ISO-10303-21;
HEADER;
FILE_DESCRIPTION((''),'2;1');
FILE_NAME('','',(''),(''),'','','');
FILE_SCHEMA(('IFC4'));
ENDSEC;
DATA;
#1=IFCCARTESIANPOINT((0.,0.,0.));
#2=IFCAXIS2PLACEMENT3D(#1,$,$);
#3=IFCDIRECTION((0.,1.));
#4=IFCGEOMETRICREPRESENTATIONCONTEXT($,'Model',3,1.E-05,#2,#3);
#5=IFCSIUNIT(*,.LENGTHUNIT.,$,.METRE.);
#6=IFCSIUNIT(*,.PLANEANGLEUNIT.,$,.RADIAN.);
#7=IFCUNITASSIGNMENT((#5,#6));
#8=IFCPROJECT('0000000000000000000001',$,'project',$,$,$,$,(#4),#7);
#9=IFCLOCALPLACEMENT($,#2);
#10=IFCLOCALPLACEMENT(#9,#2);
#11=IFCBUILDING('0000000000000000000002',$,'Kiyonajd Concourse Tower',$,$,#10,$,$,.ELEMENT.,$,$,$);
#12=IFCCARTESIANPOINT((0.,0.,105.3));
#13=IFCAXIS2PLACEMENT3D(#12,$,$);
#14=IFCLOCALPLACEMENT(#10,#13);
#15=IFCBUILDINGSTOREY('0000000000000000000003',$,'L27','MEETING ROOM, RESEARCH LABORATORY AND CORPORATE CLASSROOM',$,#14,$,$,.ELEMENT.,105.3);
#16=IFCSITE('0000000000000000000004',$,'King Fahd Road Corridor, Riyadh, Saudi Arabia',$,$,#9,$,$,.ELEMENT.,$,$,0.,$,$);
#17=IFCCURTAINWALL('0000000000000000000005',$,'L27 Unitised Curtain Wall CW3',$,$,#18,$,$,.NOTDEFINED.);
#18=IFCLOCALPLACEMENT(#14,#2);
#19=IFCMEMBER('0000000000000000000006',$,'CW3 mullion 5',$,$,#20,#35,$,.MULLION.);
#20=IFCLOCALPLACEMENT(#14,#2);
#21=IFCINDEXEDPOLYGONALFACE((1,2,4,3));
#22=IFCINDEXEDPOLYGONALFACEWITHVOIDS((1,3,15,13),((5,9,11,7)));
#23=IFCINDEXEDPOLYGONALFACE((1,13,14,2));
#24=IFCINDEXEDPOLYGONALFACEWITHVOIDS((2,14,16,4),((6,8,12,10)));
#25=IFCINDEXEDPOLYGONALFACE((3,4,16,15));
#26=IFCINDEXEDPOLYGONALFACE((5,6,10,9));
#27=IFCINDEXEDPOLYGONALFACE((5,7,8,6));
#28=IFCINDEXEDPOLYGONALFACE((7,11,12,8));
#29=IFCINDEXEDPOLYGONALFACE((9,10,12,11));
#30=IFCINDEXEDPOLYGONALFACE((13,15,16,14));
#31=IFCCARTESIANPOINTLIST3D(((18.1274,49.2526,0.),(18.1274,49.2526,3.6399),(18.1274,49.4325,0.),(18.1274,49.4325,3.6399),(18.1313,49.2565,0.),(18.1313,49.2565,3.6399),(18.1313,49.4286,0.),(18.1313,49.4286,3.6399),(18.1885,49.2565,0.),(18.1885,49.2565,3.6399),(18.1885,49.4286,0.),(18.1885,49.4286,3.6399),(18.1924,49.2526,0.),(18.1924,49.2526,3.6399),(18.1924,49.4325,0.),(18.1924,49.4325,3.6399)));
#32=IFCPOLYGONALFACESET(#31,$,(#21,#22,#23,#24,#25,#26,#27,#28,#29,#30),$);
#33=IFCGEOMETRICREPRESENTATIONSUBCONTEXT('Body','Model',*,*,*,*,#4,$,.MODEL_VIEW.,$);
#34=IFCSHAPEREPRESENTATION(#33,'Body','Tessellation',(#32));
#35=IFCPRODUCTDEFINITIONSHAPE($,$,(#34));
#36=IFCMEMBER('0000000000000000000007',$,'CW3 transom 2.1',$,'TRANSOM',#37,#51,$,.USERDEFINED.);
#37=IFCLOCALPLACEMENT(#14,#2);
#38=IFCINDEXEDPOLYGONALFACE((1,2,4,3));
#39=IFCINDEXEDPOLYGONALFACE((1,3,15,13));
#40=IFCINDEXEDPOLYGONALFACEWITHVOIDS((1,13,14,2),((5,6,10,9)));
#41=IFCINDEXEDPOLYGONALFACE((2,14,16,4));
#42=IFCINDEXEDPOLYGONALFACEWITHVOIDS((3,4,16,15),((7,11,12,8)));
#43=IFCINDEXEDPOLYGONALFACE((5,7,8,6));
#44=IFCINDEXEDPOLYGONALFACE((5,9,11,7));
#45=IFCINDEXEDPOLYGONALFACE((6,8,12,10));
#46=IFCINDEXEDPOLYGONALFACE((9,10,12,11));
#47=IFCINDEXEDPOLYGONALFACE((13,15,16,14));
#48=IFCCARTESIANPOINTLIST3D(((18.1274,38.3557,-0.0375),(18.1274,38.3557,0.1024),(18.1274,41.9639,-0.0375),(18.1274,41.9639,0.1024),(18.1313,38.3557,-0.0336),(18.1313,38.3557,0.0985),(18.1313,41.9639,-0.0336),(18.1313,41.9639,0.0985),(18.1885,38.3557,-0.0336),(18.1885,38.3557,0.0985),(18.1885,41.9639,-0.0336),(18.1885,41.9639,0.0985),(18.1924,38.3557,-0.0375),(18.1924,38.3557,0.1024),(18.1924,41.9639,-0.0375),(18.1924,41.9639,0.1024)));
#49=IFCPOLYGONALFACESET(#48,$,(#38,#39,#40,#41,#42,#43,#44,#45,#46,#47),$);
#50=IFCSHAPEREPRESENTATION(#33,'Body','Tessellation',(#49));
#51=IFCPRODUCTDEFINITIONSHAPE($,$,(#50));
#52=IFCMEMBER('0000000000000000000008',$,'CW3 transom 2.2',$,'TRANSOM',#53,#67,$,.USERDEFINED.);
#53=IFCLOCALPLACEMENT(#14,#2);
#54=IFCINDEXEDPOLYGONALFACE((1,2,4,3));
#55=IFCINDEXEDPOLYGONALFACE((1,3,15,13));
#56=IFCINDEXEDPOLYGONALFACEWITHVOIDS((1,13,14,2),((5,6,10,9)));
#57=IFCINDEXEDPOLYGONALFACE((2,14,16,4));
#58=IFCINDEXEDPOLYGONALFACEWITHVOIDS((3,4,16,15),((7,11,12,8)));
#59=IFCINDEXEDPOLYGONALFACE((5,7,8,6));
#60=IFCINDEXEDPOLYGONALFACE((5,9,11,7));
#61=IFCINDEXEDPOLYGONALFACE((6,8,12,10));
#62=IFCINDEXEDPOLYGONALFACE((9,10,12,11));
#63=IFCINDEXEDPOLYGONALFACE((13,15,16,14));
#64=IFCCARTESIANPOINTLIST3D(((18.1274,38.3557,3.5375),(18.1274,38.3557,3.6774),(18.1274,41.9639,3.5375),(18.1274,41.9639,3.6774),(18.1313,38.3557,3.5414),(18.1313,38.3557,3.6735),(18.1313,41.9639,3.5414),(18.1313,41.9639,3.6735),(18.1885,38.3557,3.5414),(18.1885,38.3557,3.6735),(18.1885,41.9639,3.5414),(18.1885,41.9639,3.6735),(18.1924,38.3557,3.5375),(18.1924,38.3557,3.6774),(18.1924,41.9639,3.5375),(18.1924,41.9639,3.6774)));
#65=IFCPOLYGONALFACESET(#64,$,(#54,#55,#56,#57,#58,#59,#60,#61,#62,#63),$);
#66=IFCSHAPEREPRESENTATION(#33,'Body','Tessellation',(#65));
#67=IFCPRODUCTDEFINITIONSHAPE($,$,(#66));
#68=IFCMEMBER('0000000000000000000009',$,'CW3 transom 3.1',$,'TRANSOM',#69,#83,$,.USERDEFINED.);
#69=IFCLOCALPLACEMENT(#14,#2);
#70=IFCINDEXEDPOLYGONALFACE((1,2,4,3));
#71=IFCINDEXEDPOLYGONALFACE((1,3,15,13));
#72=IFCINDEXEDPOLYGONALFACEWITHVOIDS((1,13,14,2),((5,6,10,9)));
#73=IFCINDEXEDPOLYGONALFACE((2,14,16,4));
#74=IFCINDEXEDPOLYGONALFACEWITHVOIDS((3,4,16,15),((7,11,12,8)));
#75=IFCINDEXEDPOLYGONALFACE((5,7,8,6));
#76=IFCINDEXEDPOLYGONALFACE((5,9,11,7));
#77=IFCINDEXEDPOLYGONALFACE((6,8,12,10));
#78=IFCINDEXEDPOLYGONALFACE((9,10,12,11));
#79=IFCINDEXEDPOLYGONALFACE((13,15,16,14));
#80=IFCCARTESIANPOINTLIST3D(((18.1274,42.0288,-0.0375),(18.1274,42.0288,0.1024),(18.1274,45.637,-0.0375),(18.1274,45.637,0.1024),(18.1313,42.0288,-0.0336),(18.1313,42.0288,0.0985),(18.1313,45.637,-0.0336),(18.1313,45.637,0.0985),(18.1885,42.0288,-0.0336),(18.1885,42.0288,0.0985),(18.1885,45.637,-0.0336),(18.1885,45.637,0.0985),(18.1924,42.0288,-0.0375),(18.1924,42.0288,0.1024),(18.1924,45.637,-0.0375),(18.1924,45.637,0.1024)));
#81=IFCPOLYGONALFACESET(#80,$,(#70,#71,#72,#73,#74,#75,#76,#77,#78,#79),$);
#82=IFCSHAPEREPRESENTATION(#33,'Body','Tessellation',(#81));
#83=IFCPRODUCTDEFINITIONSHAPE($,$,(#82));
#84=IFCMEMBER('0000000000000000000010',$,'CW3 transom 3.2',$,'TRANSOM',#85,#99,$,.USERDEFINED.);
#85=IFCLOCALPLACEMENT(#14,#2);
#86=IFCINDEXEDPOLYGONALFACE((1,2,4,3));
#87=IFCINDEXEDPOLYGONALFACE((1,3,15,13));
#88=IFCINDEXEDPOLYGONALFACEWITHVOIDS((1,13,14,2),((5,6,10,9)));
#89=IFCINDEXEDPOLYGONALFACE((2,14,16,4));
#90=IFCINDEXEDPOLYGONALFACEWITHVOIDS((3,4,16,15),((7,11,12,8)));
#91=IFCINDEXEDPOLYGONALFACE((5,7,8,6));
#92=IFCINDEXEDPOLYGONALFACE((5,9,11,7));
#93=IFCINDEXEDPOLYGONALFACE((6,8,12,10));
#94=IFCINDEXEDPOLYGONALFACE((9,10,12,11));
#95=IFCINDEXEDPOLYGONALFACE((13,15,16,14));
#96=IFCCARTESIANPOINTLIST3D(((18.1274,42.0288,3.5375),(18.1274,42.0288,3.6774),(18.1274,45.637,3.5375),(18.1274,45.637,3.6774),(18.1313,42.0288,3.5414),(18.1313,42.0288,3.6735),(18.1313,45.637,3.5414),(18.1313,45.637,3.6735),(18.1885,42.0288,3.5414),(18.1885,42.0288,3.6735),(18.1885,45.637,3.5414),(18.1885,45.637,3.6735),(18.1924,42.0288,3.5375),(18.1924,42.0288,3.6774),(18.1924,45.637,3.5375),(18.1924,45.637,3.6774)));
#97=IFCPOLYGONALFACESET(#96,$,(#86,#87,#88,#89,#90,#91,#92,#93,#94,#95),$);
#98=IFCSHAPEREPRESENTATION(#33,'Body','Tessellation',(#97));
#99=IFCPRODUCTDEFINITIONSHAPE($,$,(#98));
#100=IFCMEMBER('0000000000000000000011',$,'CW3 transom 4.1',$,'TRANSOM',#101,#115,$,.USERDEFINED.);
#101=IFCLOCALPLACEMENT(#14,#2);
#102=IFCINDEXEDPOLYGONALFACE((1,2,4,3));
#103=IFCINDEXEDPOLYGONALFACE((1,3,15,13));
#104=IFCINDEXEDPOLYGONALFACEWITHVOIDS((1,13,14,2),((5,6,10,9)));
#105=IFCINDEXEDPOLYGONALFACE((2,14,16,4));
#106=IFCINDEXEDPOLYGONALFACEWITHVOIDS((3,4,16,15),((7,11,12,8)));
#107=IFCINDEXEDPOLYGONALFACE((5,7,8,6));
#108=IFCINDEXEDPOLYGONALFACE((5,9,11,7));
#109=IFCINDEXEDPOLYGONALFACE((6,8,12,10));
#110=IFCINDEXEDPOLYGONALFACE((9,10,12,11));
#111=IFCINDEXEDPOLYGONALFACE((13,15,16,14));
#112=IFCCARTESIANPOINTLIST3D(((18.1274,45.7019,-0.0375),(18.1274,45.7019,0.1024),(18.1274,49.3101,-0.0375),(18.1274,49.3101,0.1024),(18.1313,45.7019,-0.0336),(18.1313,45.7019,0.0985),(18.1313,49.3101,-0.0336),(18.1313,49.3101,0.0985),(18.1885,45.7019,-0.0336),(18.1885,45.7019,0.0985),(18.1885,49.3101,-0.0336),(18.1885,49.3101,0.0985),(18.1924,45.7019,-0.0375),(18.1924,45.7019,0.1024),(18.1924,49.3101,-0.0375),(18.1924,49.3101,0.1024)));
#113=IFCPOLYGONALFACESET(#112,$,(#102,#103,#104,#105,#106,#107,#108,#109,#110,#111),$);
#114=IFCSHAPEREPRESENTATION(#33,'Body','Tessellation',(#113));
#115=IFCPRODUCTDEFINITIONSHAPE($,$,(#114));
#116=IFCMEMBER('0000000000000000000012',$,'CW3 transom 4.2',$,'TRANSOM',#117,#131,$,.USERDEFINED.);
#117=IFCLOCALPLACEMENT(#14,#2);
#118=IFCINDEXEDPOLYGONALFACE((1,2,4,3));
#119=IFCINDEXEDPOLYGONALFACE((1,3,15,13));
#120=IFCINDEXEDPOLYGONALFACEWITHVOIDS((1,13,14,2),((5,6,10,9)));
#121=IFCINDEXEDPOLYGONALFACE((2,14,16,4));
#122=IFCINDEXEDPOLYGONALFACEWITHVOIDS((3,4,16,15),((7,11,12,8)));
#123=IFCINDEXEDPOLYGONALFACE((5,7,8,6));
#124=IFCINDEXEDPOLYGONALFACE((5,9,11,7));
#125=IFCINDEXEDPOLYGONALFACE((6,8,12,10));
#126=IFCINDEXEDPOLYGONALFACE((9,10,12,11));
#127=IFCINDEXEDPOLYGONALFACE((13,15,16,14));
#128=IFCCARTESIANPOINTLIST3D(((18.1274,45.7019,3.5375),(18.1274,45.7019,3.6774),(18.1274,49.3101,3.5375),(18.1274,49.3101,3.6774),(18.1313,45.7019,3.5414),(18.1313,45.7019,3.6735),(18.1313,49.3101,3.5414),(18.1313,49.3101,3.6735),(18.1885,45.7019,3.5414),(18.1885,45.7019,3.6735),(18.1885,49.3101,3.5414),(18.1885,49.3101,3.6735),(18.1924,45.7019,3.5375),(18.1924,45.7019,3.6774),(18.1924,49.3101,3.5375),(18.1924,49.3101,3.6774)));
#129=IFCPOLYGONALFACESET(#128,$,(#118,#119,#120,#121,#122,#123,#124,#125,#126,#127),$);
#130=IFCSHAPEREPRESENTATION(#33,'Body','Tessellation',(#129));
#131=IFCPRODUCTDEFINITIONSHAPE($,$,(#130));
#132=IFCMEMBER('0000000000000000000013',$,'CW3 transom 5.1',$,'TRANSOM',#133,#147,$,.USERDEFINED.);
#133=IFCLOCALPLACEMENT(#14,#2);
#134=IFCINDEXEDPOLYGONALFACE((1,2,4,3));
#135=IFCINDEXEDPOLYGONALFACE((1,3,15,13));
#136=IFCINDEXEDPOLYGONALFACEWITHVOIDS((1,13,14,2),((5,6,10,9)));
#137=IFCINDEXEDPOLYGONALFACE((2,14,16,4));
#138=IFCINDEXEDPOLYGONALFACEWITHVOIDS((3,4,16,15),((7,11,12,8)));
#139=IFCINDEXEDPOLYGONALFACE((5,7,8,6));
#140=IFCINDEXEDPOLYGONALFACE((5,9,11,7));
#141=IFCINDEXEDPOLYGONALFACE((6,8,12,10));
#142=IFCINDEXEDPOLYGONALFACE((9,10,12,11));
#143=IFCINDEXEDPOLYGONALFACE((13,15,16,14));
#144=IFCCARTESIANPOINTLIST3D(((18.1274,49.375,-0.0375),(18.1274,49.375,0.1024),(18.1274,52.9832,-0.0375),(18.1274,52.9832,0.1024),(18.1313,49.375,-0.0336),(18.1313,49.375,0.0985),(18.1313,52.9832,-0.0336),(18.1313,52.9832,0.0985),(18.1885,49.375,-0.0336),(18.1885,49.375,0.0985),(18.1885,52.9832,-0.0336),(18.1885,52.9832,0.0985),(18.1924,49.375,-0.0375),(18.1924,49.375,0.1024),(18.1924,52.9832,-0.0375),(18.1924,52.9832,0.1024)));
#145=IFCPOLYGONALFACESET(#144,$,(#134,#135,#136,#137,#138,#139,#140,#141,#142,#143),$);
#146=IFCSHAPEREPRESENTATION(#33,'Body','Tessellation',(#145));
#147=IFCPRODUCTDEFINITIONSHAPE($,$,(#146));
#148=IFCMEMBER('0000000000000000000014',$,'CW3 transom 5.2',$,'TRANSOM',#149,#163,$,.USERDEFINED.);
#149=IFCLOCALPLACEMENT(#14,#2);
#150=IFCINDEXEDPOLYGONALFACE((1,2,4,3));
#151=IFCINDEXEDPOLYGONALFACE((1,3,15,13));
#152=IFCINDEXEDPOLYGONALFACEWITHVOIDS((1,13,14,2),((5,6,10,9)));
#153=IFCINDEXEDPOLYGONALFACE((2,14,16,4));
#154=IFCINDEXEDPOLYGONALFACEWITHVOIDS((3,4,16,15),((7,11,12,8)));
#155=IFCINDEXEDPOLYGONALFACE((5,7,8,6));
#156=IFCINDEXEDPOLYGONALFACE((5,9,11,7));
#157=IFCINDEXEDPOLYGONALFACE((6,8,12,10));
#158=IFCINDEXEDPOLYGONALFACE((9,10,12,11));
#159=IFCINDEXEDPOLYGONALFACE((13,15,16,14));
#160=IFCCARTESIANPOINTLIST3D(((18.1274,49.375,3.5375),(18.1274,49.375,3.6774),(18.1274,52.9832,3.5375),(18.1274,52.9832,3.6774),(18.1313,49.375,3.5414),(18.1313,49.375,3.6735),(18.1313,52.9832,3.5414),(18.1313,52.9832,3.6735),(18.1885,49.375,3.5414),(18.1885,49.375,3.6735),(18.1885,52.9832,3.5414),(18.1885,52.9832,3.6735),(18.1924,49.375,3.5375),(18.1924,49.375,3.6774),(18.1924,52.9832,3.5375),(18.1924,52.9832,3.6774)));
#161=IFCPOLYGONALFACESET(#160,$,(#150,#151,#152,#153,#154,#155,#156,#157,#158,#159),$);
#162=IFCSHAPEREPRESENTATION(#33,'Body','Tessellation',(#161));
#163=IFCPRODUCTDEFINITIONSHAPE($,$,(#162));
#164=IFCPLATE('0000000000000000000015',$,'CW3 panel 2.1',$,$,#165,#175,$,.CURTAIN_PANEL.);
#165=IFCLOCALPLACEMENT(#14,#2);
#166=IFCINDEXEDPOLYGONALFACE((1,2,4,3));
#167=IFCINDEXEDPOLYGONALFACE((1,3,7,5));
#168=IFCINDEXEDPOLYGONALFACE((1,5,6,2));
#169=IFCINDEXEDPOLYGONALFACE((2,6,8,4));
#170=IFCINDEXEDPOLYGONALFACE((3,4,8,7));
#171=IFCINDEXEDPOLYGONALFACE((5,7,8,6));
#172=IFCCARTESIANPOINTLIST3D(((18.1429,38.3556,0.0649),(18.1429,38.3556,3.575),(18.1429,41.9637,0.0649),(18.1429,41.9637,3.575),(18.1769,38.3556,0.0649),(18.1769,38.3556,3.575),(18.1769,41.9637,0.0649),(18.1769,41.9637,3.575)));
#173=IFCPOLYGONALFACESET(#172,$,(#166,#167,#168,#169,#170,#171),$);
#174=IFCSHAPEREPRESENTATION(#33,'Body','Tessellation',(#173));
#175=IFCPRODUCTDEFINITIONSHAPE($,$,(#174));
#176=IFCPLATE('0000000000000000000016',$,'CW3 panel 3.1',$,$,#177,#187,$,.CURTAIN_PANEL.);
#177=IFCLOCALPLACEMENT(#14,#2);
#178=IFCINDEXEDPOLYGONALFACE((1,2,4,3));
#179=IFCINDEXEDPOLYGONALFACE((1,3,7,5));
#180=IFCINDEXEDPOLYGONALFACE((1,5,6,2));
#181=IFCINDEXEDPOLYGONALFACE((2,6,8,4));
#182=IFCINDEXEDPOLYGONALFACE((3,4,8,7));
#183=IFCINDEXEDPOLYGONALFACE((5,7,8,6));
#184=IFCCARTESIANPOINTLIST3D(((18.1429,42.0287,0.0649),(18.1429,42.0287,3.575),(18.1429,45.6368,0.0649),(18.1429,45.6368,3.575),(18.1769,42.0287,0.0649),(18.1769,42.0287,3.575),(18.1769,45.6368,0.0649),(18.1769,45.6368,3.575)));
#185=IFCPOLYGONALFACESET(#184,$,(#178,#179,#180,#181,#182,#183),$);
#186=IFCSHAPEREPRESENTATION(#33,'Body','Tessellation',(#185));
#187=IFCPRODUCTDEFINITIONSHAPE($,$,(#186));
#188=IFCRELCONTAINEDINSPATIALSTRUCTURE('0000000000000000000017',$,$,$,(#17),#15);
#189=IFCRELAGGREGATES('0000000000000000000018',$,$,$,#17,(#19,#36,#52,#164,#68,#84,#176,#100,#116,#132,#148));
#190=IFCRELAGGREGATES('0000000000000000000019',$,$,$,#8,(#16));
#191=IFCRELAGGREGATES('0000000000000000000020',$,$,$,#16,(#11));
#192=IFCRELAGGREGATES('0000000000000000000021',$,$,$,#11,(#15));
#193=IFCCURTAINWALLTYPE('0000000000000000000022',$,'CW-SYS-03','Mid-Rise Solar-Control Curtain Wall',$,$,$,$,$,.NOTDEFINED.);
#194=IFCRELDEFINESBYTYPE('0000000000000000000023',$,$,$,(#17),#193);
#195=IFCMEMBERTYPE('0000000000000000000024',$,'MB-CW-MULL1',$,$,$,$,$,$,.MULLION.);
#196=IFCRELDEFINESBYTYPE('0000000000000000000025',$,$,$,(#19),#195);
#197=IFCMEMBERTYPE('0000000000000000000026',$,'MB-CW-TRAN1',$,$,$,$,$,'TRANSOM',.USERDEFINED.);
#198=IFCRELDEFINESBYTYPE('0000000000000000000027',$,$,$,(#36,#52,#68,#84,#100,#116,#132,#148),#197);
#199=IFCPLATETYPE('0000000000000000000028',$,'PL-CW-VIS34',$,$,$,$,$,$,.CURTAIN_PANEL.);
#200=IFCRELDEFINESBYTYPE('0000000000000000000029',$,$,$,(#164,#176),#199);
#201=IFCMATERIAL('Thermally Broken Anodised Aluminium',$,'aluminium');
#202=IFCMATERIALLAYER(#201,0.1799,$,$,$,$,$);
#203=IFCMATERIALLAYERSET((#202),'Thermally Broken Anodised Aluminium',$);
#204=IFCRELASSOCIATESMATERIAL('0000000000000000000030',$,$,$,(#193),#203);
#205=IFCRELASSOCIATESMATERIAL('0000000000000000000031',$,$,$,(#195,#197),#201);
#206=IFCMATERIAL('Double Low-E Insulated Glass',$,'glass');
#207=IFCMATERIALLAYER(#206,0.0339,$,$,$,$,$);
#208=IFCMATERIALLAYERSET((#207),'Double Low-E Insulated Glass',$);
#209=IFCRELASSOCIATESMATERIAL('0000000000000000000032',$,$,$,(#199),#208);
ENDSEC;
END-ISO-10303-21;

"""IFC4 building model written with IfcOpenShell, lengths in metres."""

from ifc_helpers import new_model, si_unit, direction, frame, origin, origin_2d, place, context, subcontext, project, spatial, rectangle, hollow_rectangle, extrude, material, layer, layer_set, material_profile, profile_set, type_object, element, aggregate, save


model = new_model("IFC4")

# Units and contexts
model_context = context("Model", 3, precision=1e-05, world=origin(), true_north=direction((0.0, 1.0)))
body_context = subcontext(model_context, "Body", "Model", "MODEL_VIEW")
ifc_project = project(units=[si_unit("LENGTHUNIT", "METRE"), si_unit("PLANEANGLEUNIT", "RADIAN")], contexts=[model_context])

# Site, building, storey
site_placement = place(None, origin())
site = spatial("IfcSite", under=ifc_project, at=site_placement, Name="King Fahd Road Corridor, Riyadh, Saudi Arabia", CompositionType="ELEMENT", RefElevation=0.0)
building_placement = place(site_placement, origin())
building = spatial("IfcBuilding", under=site, at=building_placement, Name="Kiyonajd Concourse Tower", CompositionType="ELEMENT")
storey_placement = place(building_placement, frame((0.0, 0.0, 105.3)))
storey = spatial("IfcBuildingStorey", under=building, at=storey_placement, Name="L27", Description="MEETING ROOM, RESEARCH LABORATORY AND CORPORATE CLASSROOM", CompositionType="ELEMENT", Elevation=105.3)

# Curtain wall, members, plates
ifc_material_1 = material(Name="Thermally Broken Anodised Aluminium", Category="aluminium")
ifc_layer_1 = layer(ifc_material_1, 0.1799)
ifc_layer_set_1 = layer_set([ifc_layer_1], Name="Thermally Broken Anodised Aluminium")
curtain_wall_type = type_object("IfcCurtainWallType", Name="CW-SYS-03", Description="Mid-Rise Solar-Control Curtain Wall", PredefinedType="NOTDEFINED", material=ifc_layer_set_1)
curtain_wall_placement = place(storey_placement, origin())
curtain_wall = element("IfcCurtainWall", 1, at=curtain_wall_placement, inside=storey, type_object=curtain_wall_type, Name="L27 Unitised Curtain Wall CW3", PredefinedType="NOTDEFINED")
ifc_material_profile_1 = material_profile(ifc_material_1, hollow_rectangle(XDim=0.0649, YDim=0.1799, WallThickness=0.0039, at=origin_2d()), Name="MULL-65x180")
ifc_profile_set_1 = profile_set([ifc_material_profile_1], Name="Thermally Broken Anodised Aluminium")
member_type_1 = type_object("IfcMemberType", Name="MB-CW-MULL1", PredefinedType="MULLION", material=ifc_profile_set_1)
member_1_placement = place(storey_placement, frame((18.1599, 49.3425, 0.0), z_axis=(0.0, 0.0, 1.0), x_axis=(-1.0, 0.0, 0.0)))
member_1 = element("IfcMember", 2, at=member_1_placement, type_object=member_type_1, Name="CW3 mullion 5", PredefinedType="MULLION", context=body_context, shape_type="SweptSolid", body=[
    extrude(hollow_rectangle(XDim=0.0649, YDim=0.1799, WallThickness=0.0039, at=origin_2d()), origin(), (0.0, 0.0, 1.0), 3.6399),
])
ifc_material_profile_2 = material_profile(ifc_material_1, hollow_rectangle(XDim=0.0649, YDim=0.1399, WallThickness=0.0039, at=origin_2d()), Name="TRAN-65x140")
ifc_profile_set_2 = profile_set([ifc_material_profile_2], Name="Thermally Broken Anodised Aluminium")
member_type_2 = type_object("IfcMemberType", Name="MB-CW-TRAN1", ElementType="TRANSOM", PredefinedType="USERDEFINED", material=ifc_profile_set_2)
member_2_placement = place(storey_placement, frame((18.1599, 38.3557, 0.0325), z_axis=(0.0, 1.0, 0.0), x_axis=(-1.0, 0.0, 0.0)))
member_2 = element("IfcMember", 3, at=member_2_placement, type_object=member_type_2, Name="CW3 transom 2.1", ObjectType="TRANSOM", PredefinedType="USERDEFINED", context=body_context, shape_type="SweptSolid", body=[
    extrude(hollow_rectangle(XDim=0.0649, YDim=0.1399, WallThickness=0.0039, at=origin_2d()), origin(), (0.0, 0.0, 1.0), 3.6082),
])
member_3_placement = place(storey_placement, frame((18.1599, 38.3557, 3.6074), z_axis=(0.0, 1.0, 0.0), x_axis=(-1.0, 0.0, 0.0)))
member_3 = element("IfcMember", 4, at=member_3_placement, type_object=member_type_2, Name="CW3 transom 2.2", ObjectType="TRANSOM", PredefinedType="USERDEFINED", context=body_context, shape_type="SweptSolid", body=[
    extrude(hollow_rectangle(XDim=0.0649, YDim=0.1399, WallThickness=0.0039, at=origin_2d()), origin(), (0.0, 0.0, 1.0), 3.6082),
])
member_4_placement = place(storey_placement, frame((18.1599, 42.0288, 0.0325), z_axis=(0.0, 1.0, 0.0), x_axis=(-1.0, 0.0, 0.0)))
member_4 = element("IfcMember", 5, at=member_4_placement, type_object=member_type_2, Name="CW3 transom 3.1", ObjectType="TRANSOM", PredefinedType="USERDEFINED", context=body_context, shape_type="SweptSolid", body=[
    extrude(hollow_rectangle(XDim=0.0649, YDim=0.1399, WallThickness=0.0039, at=origin_2d()), origin(), (0.0, 0.0, 1.0), 3.6082),
])
member_5_placement = place(storey_placement, frame((18.1599, 42.0288, 3.6074), z_axis=(0.0, 1.0, 0.0), x_axis=(-1.0, 0.0, 0.0)))
member_5 = element("IfcMember", 6, at=member_5_placement, type_object=member_type_2, Name="CW3 transom 3.2", ObjectType="TRANSOM", PredefinedType="USERDEFINED", context=body_context, shape_type="SweptSolid", body=[
    extrude(hollow_rectangle(XDim=0.0649, YDim=0.1399, WallThickness=0.0039, at=origin_2d()), origin(), (0.0, 0.0, 1.0), 3.6082),
])
member_6_placement = place(storey_placement, frame((18.1599, 45.7019, 0.0325), z_axis=(0.0, 1.0, 0.0), x_axis=(-1.0, 0.0, 0.0)))
member_6 = element("IfcMember", 7, at=member_6_placement, type_object=member_type_2, Name="CW3 transom 4.1", ObjectType="TRANSOM", PredefinedType="USERDEFINED", context=body_context, shape_type="SweptSolid", body=[
    extrude(hollow_rectangle(XDim=0.0649, YDim=0.1399, WallThickness=0.0039, at=origin_2d()), origin(), (0.0, 0.0, 1.0), 3.6082),
])
member_7_placement = place(storey_placement, frame((18.1599, 45.7019, 3.6074), z_axis=(0.0, 1.0, 0.0), x_axis=(-1.0, 0.0, 0.0)))
member_7 = element("IfcMember", 8, at=member_7_placement, type_object=member_type_2, Name="CW3 transom 4.2", ObjectType="TRANSOM", PredefinedType="USERDEFINED", context=body_context, shape_type="SweptSolid", body=[
    extrude(hollow_rectangle(XDim=0.0649, YDim=0.1399, WallThickness=0.0039, at=origin_2d()), origin(), (0.0, 0.0, 1.0), 3.6082),
])
member_8_placement = place(storey_placement, frame((18.1599, 49.375, 0.0325), z_axis=(0.0, 1.0, 0.0), x_axis=(-1.0, 0.0, 0.0)))
member_8 = element("IfcMember", 9, at=member_8_placement, type_object=member_type_2, Name="CW3 transom 5.1", ObjectType="TRANSOM", PredefinedType="USERDEFINED", context=body_context, shape_type="SweptSolid", body=[
    extrude(hollow_rectangle(XDim=0.0649, YDim=0.1399, WallThickness=0.0039, at=origin_2d()), origin(), (0.0, 0.0, 1.0), 3.6082),
])
member_9_placement = place(storey_placement, frame((18.1599, 49.375, 3.6074), z_axis=(0.0, 1.0, 0.0), x_axis=(-1.0, 0.0, 0.0)))
member_9 = element("IfcMember", 10, at=member_9_placement, type_object=member_type_2, Name="CW3 transom 5.2", ObjectType="TRANSOM", PredefinedType="USERDEFINED", context=body_context, shape_type="SweptSolid", body=[
    extrude(hollow_rectangle(XDim=0.0649, YDim=0.1399, WallThickness=0.0039, at=origin_2d()), origin(), (0.0, 0.0, 1.0), 3.6082),
])
ifc_material_2 = material(Name="Double Low-E Insulated Glass", Category="glass")
ifc_layer_2 = layer(ifc_material_2, 0.0339)
ifc_layer_set_2 = layer_set([ifc_layer_2], Name="Double Low-E Insulated Glass")
plate_type = type_object("IfcPlateType", Name="PL-CW-VIS34", PredefinedType="CURTAIN_PANEL", material=ifc_layer_set_2)
plate_1_placement = place(storey_placement, frame((18.1599, 40.1597, 0.0649), z_axis=(0.0, 0.0, 1.0), x_axis=(0.0, 1.0, 0.0)))
plate_1 = element("IfcPlate", 11, at=plate_1_placement, type_object=plate_type, Name="CW3 panel 2.1", PredefinedType="CURTAIN_PANEL", context=body_context, shape_type="SweptSolid", body=[
    extrude(rectangle(XDim=3.6082, YDim=0.0339, at=origin_2d()), origin(), (0.0, 0.0, 1.0), 3.51),
])
plate_2_placement = place(storey_placement, frame((18.1599, 43.8328, 0.0649), z_axis=(0.0, 0.0, 1.0), x_axis=(0.0, 1.0, 0.0)))
plate_2 = element("IfcPlate", 12, at=plate_2_placement, type_object=plate_type, Name="CW3 panel 3.1", PredefinedType="CURTAIN_PANEL", context=body_context, shape_type="SweptSolid", body=[
    extrude(rectangle(XDim=3.6082, YDim=0.0339, at=origin_2d()), origin(), (0.0, 0.0, 1.0), 3.51),
])
aggregate(curtain_wall, [member_1, member_2, member_3, plate_1, member_4, member_5, plate_2, member_6, member_7, member_8, member_9])

save(model, "model.ifc")
